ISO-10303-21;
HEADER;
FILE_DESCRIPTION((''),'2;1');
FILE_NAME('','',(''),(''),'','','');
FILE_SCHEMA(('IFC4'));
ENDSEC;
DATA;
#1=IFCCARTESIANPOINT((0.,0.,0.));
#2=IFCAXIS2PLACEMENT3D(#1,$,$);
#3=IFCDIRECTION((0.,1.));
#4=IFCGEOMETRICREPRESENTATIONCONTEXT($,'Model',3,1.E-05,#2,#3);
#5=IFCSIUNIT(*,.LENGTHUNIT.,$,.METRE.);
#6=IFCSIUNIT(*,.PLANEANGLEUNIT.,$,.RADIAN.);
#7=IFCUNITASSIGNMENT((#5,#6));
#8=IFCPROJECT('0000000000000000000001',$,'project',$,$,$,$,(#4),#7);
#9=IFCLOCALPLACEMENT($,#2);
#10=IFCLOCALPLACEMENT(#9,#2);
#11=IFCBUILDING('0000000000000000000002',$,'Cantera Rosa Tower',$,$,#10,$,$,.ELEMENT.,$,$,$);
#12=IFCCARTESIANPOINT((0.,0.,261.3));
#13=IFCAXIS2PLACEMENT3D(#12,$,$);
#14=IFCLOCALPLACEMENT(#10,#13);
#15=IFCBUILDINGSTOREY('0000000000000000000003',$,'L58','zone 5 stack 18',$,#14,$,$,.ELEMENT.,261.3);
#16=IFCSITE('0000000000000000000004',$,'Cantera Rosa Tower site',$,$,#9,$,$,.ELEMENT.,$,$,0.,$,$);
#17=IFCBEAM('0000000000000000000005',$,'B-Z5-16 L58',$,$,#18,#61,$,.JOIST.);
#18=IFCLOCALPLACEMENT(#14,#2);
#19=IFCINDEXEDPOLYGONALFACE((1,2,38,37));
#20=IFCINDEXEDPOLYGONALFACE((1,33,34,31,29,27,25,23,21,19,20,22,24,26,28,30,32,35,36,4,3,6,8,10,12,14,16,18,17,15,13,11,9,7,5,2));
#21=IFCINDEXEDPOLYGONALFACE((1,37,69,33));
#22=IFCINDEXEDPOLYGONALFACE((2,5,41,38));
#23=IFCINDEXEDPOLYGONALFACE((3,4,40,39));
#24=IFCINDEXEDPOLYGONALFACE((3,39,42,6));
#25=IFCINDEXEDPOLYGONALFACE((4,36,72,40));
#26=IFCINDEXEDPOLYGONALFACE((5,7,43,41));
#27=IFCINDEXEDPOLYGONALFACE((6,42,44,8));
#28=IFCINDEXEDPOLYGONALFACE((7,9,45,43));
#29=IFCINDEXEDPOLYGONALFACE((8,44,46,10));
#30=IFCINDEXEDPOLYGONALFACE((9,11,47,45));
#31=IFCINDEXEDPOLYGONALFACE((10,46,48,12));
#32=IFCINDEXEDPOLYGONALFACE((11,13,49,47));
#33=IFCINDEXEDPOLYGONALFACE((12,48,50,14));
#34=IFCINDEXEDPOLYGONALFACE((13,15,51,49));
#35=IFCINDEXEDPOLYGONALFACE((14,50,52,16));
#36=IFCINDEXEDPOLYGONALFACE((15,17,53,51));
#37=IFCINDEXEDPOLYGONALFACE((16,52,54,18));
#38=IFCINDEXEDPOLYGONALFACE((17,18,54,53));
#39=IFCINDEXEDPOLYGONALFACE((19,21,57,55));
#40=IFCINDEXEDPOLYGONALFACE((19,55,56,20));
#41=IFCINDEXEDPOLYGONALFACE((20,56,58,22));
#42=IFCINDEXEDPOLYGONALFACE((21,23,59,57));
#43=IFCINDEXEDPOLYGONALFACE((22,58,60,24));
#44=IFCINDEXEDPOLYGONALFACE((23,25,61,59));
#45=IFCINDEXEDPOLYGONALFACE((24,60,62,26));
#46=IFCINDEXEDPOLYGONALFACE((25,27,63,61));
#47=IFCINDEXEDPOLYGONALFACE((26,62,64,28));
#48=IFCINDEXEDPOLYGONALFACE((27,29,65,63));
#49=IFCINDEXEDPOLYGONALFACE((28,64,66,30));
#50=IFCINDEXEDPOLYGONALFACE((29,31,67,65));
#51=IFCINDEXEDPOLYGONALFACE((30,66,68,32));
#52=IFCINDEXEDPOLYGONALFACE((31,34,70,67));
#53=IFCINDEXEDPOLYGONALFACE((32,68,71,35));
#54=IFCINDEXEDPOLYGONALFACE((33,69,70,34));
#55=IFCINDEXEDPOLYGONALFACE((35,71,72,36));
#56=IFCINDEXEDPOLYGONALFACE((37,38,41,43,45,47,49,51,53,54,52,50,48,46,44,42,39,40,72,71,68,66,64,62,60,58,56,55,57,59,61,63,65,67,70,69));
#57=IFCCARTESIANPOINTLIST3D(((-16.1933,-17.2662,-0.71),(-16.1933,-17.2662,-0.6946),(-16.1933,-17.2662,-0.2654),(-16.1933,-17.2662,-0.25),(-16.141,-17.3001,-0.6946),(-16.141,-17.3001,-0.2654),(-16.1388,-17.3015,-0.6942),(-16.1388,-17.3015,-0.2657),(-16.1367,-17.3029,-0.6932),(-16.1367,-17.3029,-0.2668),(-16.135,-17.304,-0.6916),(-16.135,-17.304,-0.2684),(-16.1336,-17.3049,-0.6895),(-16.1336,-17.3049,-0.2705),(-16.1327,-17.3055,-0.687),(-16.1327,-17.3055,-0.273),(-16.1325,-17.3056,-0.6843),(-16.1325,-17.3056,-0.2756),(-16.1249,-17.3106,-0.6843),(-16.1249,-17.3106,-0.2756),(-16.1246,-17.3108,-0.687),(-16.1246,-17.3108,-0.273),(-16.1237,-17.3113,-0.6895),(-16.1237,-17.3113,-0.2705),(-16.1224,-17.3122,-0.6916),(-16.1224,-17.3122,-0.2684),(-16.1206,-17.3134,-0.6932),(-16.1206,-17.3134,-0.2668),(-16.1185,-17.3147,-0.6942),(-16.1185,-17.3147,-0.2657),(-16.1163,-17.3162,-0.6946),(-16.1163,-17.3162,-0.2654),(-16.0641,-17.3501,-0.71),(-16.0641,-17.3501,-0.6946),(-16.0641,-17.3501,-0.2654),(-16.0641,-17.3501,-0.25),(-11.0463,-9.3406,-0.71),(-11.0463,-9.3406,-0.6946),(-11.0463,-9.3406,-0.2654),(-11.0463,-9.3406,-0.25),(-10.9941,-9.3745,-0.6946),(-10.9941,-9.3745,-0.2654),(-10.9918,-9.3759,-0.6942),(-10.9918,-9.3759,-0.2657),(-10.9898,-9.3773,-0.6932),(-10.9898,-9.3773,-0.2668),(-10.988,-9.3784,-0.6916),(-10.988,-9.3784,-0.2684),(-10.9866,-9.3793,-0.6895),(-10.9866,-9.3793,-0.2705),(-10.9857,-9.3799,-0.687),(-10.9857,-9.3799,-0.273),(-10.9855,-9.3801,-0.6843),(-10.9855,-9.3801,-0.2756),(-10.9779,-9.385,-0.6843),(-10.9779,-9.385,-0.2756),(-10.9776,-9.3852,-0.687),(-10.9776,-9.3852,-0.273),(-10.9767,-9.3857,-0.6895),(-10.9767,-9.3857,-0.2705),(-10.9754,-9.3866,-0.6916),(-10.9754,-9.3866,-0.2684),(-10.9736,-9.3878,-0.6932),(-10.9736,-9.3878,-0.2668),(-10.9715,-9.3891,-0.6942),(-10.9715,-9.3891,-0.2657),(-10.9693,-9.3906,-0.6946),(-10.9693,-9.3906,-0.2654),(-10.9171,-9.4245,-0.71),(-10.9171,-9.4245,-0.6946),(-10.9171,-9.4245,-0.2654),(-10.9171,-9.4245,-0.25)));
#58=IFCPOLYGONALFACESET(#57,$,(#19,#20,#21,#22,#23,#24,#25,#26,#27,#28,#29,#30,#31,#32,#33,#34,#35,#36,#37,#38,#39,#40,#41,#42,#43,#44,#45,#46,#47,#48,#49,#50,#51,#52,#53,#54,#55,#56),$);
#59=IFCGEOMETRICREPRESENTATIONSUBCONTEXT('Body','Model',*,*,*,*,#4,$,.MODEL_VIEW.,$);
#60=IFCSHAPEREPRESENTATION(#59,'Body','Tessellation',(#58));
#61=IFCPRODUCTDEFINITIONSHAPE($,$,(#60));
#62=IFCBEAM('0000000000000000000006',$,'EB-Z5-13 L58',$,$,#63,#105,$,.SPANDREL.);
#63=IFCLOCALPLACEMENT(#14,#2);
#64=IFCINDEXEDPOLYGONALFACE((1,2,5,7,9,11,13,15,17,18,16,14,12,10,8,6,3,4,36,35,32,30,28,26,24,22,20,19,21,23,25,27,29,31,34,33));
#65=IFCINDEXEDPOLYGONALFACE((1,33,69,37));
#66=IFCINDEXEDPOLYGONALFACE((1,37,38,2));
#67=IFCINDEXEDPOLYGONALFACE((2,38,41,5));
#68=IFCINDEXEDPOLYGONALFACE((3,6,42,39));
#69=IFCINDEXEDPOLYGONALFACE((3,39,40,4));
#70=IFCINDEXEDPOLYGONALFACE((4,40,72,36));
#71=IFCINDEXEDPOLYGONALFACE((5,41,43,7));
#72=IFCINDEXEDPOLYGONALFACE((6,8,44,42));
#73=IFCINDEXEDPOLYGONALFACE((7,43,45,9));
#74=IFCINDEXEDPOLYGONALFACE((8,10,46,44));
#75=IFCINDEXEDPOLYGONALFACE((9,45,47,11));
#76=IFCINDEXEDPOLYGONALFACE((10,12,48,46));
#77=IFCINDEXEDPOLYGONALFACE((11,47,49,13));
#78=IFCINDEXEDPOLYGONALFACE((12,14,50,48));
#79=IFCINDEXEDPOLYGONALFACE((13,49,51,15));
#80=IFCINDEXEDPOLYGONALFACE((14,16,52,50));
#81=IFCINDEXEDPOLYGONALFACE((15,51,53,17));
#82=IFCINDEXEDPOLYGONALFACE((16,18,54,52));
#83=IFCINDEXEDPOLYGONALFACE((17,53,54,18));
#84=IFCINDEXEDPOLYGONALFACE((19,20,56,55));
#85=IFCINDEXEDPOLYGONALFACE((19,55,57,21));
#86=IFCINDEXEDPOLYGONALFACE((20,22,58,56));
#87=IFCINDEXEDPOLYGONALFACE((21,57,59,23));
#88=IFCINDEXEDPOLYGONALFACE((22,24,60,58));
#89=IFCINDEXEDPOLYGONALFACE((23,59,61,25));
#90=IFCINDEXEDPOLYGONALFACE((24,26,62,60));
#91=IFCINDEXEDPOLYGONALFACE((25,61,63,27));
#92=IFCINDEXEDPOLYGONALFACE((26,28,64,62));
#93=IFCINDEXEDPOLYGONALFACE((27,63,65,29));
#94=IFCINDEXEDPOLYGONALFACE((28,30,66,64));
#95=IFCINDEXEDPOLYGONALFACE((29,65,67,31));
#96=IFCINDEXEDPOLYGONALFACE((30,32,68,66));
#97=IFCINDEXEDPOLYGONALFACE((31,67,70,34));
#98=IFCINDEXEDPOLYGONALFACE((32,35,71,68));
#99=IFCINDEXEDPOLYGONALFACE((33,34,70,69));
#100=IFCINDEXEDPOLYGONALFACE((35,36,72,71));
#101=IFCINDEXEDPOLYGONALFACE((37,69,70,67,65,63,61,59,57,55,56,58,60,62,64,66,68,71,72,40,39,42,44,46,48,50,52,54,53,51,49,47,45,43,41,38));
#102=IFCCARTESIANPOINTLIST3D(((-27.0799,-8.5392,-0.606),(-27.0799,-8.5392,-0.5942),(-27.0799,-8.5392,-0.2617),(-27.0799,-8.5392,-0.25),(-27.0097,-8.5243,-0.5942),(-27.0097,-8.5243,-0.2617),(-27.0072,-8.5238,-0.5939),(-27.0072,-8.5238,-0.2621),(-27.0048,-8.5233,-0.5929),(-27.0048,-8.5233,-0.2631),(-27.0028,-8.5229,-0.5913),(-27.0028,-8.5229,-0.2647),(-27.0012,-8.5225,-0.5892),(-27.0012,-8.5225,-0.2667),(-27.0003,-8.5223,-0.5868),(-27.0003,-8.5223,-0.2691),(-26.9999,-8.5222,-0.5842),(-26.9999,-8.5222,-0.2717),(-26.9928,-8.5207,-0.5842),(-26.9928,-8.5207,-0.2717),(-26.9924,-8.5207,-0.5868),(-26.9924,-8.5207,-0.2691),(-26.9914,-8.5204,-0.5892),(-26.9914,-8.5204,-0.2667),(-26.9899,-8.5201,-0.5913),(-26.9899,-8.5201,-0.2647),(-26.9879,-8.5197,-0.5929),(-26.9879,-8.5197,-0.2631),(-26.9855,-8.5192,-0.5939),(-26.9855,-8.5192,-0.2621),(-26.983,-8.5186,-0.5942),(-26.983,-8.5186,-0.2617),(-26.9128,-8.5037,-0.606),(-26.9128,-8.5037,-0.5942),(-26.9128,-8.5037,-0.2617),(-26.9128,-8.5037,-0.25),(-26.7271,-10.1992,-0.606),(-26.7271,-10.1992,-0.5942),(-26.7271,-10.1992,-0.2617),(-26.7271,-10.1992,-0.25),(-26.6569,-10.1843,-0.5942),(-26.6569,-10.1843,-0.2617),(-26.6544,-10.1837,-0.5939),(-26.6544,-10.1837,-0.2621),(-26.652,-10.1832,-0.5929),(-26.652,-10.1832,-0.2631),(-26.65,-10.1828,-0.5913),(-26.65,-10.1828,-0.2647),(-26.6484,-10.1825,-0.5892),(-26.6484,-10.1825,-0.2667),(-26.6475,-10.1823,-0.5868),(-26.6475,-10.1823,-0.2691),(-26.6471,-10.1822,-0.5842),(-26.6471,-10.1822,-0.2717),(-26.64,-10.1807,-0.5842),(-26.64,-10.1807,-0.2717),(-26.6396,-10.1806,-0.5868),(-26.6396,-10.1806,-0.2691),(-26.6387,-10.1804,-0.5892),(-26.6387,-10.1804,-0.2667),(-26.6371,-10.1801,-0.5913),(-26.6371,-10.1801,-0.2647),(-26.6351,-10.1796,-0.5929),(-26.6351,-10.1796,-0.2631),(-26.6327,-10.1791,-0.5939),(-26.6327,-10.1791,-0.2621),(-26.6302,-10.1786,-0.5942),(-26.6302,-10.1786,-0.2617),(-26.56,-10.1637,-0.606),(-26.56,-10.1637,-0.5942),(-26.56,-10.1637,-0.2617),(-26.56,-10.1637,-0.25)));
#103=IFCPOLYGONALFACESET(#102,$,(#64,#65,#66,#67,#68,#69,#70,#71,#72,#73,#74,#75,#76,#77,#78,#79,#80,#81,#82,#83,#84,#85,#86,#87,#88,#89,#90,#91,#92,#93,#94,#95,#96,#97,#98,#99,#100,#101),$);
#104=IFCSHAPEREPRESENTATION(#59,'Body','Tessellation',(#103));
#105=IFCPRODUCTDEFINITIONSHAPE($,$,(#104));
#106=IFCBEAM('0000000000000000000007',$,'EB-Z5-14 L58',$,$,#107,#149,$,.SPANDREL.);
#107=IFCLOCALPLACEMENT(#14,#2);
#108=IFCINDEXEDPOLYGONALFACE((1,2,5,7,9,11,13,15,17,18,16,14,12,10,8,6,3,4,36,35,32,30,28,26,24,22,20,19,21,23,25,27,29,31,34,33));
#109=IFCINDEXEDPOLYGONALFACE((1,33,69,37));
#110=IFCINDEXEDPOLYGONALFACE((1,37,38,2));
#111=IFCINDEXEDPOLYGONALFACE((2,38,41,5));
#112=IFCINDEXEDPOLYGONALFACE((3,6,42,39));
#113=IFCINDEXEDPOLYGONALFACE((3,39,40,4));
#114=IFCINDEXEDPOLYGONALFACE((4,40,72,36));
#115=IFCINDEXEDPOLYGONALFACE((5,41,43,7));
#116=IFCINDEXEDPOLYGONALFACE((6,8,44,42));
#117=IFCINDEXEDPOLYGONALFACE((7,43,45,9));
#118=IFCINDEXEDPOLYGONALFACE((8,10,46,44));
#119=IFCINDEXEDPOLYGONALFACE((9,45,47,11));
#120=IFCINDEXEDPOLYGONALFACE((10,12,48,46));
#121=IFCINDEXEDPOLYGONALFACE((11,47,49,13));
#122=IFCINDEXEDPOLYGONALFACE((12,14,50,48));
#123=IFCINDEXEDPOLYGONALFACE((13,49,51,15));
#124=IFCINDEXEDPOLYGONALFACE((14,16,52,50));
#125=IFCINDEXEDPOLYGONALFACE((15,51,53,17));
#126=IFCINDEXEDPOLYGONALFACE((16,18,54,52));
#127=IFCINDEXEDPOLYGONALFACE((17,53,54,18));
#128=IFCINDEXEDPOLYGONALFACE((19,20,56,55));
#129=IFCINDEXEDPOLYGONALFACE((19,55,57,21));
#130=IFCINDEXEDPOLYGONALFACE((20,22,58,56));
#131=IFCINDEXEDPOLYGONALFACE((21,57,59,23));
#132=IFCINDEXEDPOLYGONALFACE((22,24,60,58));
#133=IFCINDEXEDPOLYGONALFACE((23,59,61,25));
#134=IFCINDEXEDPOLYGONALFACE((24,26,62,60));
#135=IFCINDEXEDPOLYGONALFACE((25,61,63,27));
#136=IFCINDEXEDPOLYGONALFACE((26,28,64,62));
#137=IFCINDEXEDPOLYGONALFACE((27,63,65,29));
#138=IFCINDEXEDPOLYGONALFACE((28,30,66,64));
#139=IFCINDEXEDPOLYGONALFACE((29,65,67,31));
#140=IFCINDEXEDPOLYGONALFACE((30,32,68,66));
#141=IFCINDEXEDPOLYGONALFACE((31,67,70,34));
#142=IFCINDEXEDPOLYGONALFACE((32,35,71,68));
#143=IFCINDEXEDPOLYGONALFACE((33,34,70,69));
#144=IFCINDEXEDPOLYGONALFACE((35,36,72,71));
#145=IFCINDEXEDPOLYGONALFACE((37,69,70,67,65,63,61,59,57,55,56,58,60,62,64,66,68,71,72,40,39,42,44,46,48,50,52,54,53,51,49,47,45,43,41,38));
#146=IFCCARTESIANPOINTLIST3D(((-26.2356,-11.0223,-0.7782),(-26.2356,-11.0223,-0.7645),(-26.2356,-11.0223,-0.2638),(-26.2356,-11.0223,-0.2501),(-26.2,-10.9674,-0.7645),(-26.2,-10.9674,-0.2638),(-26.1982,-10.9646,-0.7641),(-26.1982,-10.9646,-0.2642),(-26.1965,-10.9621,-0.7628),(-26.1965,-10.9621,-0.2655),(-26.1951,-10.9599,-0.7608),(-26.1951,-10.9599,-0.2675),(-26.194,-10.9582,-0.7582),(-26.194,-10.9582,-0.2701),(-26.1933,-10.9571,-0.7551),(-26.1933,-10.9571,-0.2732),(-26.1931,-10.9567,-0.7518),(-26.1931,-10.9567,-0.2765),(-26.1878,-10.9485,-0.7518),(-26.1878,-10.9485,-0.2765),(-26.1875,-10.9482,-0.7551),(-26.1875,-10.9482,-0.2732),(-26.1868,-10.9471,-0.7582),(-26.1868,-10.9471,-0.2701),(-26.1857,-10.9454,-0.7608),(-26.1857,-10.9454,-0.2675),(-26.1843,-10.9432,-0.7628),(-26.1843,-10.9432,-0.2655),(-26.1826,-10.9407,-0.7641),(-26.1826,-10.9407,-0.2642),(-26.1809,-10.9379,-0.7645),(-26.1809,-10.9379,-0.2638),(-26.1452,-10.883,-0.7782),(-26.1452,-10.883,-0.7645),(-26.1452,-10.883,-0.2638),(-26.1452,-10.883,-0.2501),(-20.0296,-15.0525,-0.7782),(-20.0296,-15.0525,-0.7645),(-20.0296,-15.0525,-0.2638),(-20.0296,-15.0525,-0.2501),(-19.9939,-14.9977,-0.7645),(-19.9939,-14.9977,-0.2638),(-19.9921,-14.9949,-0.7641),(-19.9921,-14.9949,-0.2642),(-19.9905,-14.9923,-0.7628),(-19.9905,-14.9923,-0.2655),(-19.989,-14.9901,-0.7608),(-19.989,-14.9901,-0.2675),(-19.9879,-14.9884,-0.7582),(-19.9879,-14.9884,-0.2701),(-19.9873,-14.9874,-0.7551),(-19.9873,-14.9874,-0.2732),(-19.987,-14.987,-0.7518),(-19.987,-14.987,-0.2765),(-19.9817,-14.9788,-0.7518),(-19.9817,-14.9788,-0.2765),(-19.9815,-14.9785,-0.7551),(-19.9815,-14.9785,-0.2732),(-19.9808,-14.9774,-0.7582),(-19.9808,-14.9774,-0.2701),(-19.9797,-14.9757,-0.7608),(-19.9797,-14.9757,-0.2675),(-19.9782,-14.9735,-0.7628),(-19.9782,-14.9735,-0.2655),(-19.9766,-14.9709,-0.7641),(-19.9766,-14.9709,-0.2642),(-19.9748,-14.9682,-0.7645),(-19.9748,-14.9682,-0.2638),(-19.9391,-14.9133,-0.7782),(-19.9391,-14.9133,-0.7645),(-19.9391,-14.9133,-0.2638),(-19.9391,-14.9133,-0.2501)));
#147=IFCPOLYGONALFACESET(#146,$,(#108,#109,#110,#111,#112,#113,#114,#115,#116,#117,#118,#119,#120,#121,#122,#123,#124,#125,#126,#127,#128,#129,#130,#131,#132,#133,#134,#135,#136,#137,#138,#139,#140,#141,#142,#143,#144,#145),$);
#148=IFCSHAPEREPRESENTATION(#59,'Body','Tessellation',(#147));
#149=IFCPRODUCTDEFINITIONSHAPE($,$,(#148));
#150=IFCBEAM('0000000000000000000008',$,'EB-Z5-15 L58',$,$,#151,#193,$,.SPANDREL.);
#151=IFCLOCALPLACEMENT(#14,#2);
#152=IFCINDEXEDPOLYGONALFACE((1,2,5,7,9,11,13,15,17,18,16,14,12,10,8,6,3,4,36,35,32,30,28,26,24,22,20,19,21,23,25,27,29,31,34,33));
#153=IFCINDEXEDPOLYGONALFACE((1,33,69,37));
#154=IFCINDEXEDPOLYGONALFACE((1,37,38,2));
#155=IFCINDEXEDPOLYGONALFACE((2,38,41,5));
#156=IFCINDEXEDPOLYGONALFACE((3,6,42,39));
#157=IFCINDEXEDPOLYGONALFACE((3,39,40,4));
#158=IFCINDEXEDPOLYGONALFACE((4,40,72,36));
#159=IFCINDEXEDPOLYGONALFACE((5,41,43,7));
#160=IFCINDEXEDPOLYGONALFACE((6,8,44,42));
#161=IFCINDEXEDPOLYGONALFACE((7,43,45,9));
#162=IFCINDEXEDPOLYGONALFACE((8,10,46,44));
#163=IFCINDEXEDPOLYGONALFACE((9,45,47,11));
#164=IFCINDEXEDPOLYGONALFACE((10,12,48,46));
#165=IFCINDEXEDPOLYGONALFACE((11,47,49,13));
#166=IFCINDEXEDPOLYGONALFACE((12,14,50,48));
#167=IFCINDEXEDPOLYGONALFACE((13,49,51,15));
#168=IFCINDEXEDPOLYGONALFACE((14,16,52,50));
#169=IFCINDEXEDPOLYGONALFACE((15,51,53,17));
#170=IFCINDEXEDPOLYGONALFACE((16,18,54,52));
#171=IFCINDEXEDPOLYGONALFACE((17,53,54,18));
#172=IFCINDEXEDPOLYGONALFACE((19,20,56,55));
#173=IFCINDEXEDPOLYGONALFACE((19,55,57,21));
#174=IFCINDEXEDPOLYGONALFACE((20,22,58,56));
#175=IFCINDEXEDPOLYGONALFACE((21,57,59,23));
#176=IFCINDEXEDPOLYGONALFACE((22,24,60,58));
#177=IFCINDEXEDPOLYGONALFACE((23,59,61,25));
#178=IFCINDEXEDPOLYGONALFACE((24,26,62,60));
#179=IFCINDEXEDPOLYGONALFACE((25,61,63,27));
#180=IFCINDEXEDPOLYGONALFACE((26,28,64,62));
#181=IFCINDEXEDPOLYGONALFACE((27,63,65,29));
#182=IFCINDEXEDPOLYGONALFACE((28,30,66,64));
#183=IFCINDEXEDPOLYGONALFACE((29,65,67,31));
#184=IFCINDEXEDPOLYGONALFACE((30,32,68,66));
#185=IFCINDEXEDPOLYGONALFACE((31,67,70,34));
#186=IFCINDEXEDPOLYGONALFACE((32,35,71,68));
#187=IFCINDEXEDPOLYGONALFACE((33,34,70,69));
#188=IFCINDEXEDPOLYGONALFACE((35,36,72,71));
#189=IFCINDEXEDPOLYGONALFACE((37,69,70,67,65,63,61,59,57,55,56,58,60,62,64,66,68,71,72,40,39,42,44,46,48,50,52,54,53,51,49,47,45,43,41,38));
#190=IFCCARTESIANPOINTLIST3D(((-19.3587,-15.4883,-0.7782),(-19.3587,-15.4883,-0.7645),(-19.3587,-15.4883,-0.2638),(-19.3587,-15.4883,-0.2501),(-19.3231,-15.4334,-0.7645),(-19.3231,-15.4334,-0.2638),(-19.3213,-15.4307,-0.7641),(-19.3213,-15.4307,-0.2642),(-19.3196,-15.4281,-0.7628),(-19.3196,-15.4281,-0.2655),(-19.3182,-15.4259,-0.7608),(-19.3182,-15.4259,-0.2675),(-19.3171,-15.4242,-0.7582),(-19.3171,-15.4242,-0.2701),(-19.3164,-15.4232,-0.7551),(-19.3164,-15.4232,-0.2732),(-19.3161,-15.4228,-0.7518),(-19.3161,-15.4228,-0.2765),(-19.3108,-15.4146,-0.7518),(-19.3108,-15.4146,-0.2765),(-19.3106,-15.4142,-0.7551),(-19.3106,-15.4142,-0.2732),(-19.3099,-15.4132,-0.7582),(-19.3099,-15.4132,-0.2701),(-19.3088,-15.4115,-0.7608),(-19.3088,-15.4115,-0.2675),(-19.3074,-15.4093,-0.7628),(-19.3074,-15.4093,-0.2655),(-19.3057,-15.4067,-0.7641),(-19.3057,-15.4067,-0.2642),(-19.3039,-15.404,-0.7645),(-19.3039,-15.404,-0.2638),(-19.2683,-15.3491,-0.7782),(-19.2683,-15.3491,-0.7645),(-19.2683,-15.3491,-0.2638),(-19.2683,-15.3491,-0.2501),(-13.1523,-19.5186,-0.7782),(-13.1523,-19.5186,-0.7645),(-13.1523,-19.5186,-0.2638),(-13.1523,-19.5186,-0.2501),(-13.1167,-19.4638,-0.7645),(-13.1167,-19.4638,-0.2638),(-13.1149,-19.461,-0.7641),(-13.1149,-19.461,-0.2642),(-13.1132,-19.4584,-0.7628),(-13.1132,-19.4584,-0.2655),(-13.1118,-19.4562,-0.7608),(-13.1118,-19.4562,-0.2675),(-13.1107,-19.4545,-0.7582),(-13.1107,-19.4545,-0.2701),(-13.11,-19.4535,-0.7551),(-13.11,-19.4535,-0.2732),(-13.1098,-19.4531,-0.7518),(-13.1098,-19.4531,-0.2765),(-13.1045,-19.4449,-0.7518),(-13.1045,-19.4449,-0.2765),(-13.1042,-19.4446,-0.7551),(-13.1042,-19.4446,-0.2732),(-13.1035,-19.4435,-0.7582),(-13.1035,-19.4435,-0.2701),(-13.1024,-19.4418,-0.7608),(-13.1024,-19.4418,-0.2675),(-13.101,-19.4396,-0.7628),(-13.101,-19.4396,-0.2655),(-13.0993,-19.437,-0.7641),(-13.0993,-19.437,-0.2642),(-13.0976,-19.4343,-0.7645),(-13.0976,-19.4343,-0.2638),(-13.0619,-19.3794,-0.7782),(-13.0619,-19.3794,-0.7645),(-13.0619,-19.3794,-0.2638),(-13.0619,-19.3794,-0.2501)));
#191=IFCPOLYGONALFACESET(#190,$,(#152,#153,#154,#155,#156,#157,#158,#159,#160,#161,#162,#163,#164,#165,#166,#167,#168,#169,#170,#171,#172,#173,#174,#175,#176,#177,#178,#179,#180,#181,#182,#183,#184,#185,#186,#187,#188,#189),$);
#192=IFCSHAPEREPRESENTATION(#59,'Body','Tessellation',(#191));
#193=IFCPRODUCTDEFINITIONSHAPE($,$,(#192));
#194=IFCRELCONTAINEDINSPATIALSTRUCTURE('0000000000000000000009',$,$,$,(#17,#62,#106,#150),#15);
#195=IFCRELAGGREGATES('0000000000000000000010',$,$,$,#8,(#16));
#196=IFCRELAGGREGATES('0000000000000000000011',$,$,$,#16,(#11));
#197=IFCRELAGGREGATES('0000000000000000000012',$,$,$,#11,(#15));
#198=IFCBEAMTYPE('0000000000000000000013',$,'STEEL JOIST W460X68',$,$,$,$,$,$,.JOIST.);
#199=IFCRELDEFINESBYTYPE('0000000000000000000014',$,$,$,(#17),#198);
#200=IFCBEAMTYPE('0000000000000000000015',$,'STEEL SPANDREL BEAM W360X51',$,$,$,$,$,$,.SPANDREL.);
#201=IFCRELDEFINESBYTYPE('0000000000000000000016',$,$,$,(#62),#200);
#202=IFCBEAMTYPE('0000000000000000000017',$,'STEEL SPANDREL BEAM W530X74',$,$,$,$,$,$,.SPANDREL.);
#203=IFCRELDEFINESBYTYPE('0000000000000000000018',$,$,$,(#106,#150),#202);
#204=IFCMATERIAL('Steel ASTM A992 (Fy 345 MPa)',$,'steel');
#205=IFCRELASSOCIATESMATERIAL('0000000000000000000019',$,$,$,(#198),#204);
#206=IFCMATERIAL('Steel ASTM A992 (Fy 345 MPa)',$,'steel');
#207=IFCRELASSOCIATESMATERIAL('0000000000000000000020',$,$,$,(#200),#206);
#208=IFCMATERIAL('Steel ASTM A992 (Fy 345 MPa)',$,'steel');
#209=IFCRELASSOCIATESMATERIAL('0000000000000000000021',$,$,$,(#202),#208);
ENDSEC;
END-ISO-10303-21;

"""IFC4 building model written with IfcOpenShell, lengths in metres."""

from ifc_helpers import new_model, si_unit, direction, frame, origin, origin_2d, place, context, subcontext, project, spatial, i_section, extrude, material, material_profile, profile_set, type_object, element, save


model = new_model("IFC4")

# Units and contexts
model_context = context("Model", 3, precision=1e-05, world=origin(), true_north=direction((0.0, 1.0)))
body_context = subcontext(model_context, "Body", "Model", "MODEL_VIEW")
ifc_project = project(units=[si_unit("LENGTHUNIT", "METRE"), si_unit("PLANEANGLEUNIT", "RADIAN")], contexts=[model_context])

# Site, building, storey
site_placement = place(None, origin())
site = spatial("IfcSite", under=ifc_project, at=site_placement, Name="Cantera Rosa Tower site", CompositionType="ELEMENT", RefElevation=0.0)
building_placement = place(site_placement, origin())
building = spatial("IfcBuilding", under=site, at=building_placement, Name="Cantera Rosa Tower", CompositionType="ELEMENT")
storey_placement = place(building_placement, frame((0.0, 0.0, 261.3)))
storey = spatial("IfcBuildingStorey", under=building, at=storey_placement, Name="L58", Description="zone 5 stack 18", CompositionType="ELEMENT", Elevation=261.3)

# Beams
ifc_material_1 = material(Name="Steel ASTM A992 (Fy 345 MPa)", Category="steel")
ifc_material_profile_1 = material_profile(ifc_material_1, i_section(OverallWidth=0.1541, OverallDepth=0.46, WebThickness=0.009, FlangeThickness=0.0154, FilletRadius=0.0103, at=origin_2d()), Name="W460X68")
ifc_profile_set_1 = profile_set([ifc_material_profile_1], Name="Steel ASTM A992 (Fy 345 MPa)")
beam_type_1 = type_object("IfcBeamType", Name="STEEL JOIST W460X68", PredefinedType="JOIST", material=ifc_profile_set_1)
beam_1_placement = place(storey_placement, frame((-16.1287, -17.3081, -0.48), z_axis=(0.544644, 0.838667, 0.0), x_axis=(-0.838667, 0.544644, 0.0)))
element("IfcBeam", 1, at=beam_1_placement, inside=storey, type_object=beam_type_1, Name="B-Z5-16 L58", PredefinedType="JOIST", context=body_context, shape_type="SweptSolid", body=[
    extrude(i_section(OverallWidth=0.1541, OverallDepth=0.46, WebThickness=0.009, FlangeThickness=0.0154, FilletRadius=0.0103, at=origin_2d()), origin(), (0.0, 0.0, 1.0), 9.4502),
])
ifc_material_2 = material(Name="Steel ASTM A992 (Fy 345 MPa)", Category="steel")
ifc_material_profile_2 = material_profile(ifc_material_2, i_section(OverallWidth=0.1709, OverallDepth=0.356, WebThickness=0.0073, FlangeThickness=0.0117, FilletRadius=0.01, at=origin_2d()), Name="W360X51")
ifc_profile_set_2 = profile_set([ifc_material_profile_2], Name="Steel ASTM A992 (Fy 345 MPa)")
beam_type_2 = type_object("IfcBeamType", Name="STEEL SPANDREL BEAM W360X51", PredefinedType="SPANDREL", material=ifc_profile_set_2)
beam_2_placement = place(storey_placement, frame((-26.9963, -8.5215, -0.428), z_axis=(0.207888, -0.978153, 0.0), x_axis=(0.978153, 0.207888, 0.0)))
element("IfcBeam", 2, at=beam_2_placement, inside=storey, type_object=beam_type_2, Name="EB-Z5-13 L58", PredefinedType="SPANDREL", context=body_context, shape_type="SweptSolid", body=[
    extrude(i_section(OverallWidth=0.1709, OverallDepth=0.356, WebThickness=0.0073, FlangeThickness=0.0117, FilletRadius=0.01, at=origin_2d()), origin(), (0.0, 0.0, 1.0), 1.697),
])
ifc_material_3 = material(Name="Steel ASTM A992 (Fy 345 MPa)", Category="steel")
ifc_material_profile_3 = material_profile(ifc_material_3, i_section(OverallWidth=0.166, OverallDepth=0.5281, WebThickness=0.0098, FlangeThickness=0.0137, FilletRadius=0.0127, at=origin_2d()), Name="W530X74")
ifc_profile_set_3 = profile_set([ifc_material_profile_3], Name="Steel ASTM A992 (Fy 345 MPa)")
beam_type_3 = type_object("IfcBeamType", Name="STEEL SPANDREL BEAM W530X74", PredefinedType="SPANDREL", material=ifc_profile_set_3)
beam_3_placement = place(storey_placement, frame((-26.1904, -10.9526, -0.5142), z_axis=(0.83867, -0.54464, 0.0), x_axis=(0.54464, 0.83867, 0.0)))
element("IfcBeam", 3, at=beam_3_placement, inside=storey, type_object=beam_type_3, Name="EB-Z5-14 L58", PredefinedType="SPANDREL", context=body_context, shape_type="SweptSolid", body=[
    extrude(i_section(OverallWidth=0.166, OverallDepth=0.5281, WebThickness=0.0098, FlangeThickness=0.0137, FilletRadius=0.0127, at=origin_2d()), origin(), (0.0, 0.0, 1.0), 7.3999),
])
beam_4_placement = place(storey_placement, frame((-19.3135, -15.4187, -0.5142), z_axis=(0.838679, -0.544625, 0.0), x_axis=(0.544625, 0.838679, 0.0)))
element("IfcBeam", 4, at=beam_4_placement, inside=storey, type_object=beam_type_3, Name="EB-Z5-15 L58", PredefinedType="SPANDREL", context=body_context, shape_type="SweptSolid", body=[
    extrude(i_section(OverallWidth=0.166, OverallDepth=0.5281, WebThickness=0.0098, FlangeThickness=0.0137, FilletRadius=0.0127, at=origin_2d()), origin(), (0.0, 0.0, 1.0), 7.4001),
])

save(model, "model.ifc")
